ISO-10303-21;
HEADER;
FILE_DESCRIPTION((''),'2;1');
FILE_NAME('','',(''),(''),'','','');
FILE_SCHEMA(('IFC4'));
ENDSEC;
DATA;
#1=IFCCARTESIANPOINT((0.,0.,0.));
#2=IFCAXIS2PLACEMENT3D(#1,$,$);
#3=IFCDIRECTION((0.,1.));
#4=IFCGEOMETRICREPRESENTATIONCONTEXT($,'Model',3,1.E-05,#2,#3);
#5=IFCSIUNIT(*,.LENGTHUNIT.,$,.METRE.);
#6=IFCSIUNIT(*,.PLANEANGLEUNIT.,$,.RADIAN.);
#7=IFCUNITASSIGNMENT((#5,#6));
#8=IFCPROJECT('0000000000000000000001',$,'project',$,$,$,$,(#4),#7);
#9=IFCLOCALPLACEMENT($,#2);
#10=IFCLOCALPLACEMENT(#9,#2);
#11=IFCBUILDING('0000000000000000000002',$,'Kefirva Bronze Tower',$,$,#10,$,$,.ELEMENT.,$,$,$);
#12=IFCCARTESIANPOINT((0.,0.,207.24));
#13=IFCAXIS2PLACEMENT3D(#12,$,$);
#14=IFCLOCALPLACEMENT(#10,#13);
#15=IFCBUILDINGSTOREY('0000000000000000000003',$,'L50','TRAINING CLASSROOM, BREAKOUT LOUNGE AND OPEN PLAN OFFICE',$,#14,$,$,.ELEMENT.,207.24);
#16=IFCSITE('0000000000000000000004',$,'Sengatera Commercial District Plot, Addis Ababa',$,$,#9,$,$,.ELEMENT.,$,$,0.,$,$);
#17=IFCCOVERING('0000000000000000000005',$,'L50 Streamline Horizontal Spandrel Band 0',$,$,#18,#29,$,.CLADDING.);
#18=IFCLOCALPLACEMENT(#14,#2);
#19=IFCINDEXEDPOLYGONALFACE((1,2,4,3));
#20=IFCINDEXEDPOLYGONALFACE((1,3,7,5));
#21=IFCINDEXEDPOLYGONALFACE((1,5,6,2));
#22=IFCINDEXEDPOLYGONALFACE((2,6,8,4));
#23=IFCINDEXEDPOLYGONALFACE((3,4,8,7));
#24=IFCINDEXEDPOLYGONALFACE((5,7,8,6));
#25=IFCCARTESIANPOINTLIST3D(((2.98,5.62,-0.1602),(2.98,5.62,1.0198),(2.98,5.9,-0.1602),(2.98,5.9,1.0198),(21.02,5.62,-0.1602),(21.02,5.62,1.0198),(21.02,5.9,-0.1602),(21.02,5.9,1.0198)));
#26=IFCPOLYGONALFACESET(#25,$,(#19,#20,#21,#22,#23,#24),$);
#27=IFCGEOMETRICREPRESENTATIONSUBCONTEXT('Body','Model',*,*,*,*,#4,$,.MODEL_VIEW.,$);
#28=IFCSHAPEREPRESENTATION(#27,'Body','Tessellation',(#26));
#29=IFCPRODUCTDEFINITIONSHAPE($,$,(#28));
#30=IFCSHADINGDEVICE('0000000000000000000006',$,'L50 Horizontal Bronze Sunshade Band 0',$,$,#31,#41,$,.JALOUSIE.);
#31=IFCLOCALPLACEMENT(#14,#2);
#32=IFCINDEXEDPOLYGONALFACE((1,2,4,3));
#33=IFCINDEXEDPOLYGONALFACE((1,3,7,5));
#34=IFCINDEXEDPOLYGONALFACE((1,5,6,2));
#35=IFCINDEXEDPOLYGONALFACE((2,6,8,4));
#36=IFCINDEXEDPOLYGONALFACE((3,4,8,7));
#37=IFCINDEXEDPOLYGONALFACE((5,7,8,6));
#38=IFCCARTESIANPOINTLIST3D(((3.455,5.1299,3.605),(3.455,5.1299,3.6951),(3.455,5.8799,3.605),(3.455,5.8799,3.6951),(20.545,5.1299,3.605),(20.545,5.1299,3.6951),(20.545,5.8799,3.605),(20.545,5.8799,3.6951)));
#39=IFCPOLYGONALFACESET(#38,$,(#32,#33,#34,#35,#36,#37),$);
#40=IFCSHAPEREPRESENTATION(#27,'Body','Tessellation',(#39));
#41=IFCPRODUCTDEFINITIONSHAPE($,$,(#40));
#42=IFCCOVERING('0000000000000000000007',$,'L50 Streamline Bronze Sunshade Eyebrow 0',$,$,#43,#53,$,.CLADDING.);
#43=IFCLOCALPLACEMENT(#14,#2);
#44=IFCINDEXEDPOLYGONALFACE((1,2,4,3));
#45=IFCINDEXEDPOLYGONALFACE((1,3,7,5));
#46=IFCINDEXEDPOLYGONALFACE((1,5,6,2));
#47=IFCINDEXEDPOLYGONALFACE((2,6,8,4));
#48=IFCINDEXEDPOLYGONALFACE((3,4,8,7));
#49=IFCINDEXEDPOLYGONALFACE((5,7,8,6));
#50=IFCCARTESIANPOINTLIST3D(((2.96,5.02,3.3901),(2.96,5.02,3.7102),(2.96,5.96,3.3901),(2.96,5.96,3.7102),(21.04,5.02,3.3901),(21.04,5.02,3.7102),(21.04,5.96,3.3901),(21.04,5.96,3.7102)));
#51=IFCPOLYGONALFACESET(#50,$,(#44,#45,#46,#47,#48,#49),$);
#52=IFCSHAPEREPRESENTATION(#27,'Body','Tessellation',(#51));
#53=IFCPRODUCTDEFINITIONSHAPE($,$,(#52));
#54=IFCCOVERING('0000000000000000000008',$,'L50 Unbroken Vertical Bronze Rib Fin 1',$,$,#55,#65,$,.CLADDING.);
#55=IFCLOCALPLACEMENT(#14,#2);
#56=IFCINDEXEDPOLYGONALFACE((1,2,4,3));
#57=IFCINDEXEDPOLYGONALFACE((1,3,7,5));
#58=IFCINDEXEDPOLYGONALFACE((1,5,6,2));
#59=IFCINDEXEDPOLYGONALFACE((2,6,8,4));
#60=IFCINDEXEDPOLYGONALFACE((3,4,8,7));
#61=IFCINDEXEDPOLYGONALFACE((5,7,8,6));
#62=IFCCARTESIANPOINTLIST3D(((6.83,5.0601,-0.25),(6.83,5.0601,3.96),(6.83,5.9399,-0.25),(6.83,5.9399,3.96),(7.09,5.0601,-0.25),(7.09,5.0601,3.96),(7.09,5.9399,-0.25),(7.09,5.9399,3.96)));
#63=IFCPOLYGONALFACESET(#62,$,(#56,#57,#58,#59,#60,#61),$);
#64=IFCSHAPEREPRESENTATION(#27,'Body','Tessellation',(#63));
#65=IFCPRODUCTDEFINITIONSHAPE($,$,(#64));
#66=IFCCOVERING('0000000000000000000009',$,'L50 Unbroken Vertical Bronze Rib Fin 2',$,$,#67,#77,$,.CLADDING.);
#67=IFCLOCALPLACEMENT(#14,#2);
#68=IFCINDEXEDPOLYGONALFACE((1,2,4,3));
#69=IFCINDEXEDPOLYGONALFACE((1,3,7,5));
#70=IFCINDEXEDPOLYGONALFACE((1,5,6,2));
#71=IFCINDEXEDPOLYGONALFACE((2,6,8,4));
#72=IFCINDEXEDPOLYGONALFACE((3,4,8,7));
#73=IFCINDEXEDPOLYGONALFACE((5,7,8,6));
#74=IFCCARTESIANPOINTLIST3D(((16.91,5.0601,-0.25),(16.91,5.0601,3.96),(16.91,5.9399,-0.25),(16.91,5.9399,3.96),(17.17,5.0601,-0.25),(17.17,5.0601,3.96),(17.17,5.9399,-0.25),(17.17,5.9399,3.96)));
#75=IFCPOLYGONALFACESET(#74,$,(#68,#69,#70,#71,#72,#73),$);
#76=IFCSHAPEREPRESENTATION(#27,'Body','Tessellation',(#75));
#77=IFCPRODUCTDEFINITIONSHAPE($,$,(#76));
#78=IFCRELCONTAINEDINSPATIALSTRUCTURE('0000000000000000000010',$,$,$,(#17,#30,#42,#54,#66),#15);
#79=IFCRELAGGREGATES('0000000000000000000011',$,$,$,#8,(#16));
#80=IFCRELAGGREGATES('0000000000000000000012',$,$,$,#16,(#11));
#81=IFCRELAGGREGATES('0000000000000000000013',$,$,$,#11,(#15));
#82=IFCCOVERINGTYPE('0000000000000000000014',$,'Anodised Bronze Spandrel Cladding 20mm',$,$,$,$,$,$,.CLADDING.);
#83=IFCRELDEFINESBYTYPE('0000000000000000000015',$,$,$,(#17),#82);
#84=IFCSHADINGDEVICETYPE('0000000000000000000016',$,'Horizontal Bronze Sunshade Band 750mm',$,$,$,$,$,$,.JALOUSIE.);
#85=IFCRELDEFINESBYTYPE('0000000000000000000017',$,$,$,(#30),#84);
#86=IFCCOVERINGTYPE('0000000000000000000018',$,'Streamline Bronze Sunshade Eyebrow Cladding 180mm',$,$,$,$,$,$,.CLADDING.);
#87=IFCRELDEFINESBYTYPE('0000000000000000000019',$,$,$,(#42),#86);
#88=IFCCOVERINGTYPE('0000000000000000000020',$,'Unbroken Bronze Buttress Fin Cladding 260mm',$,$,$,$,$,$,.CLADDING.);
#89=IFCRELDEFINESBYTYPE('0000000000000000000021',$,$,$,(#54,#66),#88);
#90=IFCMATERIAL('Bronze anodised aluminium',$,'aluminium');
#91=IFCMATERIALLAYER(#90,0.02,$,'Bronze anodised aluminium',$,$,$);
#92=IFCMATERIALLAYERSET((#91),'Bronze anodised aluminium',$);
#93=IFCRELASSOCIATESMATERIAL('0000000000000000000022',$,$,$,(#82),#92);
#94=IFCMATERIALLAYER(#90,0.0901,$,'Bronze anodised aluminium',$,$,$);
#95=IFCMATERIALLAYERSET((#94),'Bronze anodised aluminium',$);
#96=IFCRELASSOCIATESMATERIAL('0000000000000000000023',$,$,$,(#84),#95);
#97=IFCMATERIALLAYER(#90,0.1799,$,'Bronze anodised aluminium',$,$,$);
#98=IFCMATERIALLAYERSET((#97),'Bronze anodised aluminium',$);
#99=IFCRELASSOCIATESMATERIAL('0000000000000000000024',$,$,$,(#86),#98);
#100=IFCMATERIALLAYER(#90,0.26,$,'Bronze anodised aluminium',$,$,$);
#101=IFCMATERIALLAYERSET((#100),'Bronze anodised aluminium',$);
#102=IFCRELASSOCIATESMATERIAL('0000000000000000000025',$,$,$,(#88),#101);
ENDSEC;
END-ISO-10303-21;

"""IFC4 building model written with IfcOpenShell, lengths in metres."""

from ifc_helpers import new_model, si_unit, direction, frame, origin, origin_2d, place, context, subcontext, project, spatial, rectangle, extrude, material, layer, layer_set, type_object, element, save


model = new_model("IFC4")

# Units and contexts
model_context = context("Model", 3, precision=1e-05, world=origin(), true_north=direction((0.0, 1.0)))
body_context = subcontext(model_context, "Body", "Model", "MODEL_VIEW")
ifc_project = project(units=[si_unit("LENGTHUNIT", "METRE"), si_unit("PLANEANGLEUNIT", "RADIAN")], contexts=[model_context])

# Site, building, storey
site_placement = place(None, origin())
site = spatial("IfcSite", under=ifc_project, at=site_placement, Name="Sengatera Commercial District Plot, Addis Ababa", CompositionType="ELEMENT", RefElevation=0.0)
building_placement = place(site_placement, origin())
building = spatial("IfcBuilding", under=site, at=building_placement, Name="Kefirva Bronze Tower", CompositionType="ELEMENT")
storey_placement = place(building_placement, frame((0.0, 0.0, 207.24)))
storey = spatial("IfcBuildingStorey", under=building, at=storey_placement, Name="L50", Description="TRAINING CLASSROOM, BREAKOUT LOUNGE AND OPEN PLAN OFFICE", CompositionType="ELEMENT", Elevation=207.24)

# Shared definitions
ifc_material_1 = material(Name="Bronze anodised aluminium", Category="aluminium")

# Covering
ifc_layer_1 = layer(ifc_material_1, 0.02, Name="Bronze anodised aluminium")
ifc_layer_set_1 = layer_set([ifc_layer_1], Name="Bronze anodised aluminium")
covering_type_1 = type_object("IfcCoveringType", Name="Anodised Bronze Spandrel Cladding 20mm", PredefinedType="CLADDING", material=ifc_layer_set_1)
covering_1_placement = place(storey_placement, frame((12.0, 5.76, -0.1602), z_axis=(0.0, 0.0, 1.0), x_axis=(1.0, 0.0, 0.0)))
element("IfcCovering", 1, at=covering_1_placement, inside=storey, type_object=covering_type_1, Name="L50 Streamline Horizontal Spandrel Band 0", PredefinedType="CLADDING", context=body_context, shape_type="SweptSolid", body=[
    extrude(rectangle(XDim=18.04, YDim=0.28, at=origin_2d()), origin(), (0.0, 0.0, 1.0), 1.1799),
])

# Shading device
ifc_layer_2 = layer(ifc_material_1, 0.0901, Name="Bronze anodised aluminium")
ifc_layer_set_2 = layer_set([ifc_layer_2], Name="Bronze anodised aluminium")
shading_device_type = type_object("IfcShadingDeviceType", Name="Horizontal Bronze Sunshade Band 750mm", PredefinedType="JALOUSIE", material=ifc_layer_set_2)
shading_device_placement = place(storey_placement, frame((12.0, 5.5049, 3.605), z_axis=(0.0, 0.0, 1.0), x_axis=(1.0, 0.0, 0.0)))
element("IfcShadingDevice", 2, at=shading_device_placement, inside=storey, type_object=shading_device_type, Name="L50 Horizontal Bronze Sunshade Band 0", PredefinedType="JALOUSIE", context=body_context, shape_type="SweptSolid", body=[
    extrude(rectangle(XDim=17.0901, YDim=0.75, at=origin_2d()), origin(), (0.0, 0.0, 1.0), 0.0901),
])

# Coverings
ifc_layer_3 = layer(ifc_material_1, 0.1799, Name="Bronze anodised aluminium")
ifc_layer_set_3 = layer_set([ifc_layer_3], Name="Bronze anodised aluminium")
covering_type_2 = type_object("IfcCoveringType", Name="Streamline Bronze Sunshade Eyebrow Cladding 180mm", PredefinedType="CLADDING", material=ifc_layer_set_3)
covering_2_placement = place(storey_placement, frame((12.0, 5.49, 3.3901), z_axis=(0.0, 0.0, 1.0), x_axis=(1.0, 0.0, 0.0)))
element("IfcCovering", 3, at=covering_2_placement, inside=storey, type_object=covering_type_2, Name="L50 Streamline Bronze Sunshade Eyebrow 0", PredefinedType="CLADDING", context=body_context, shape_type="SweptSolid", body=[
    extrude(rectangle(XDim=18.0801, YDim=0.9399, at=origin_2d()), origin(), (0.0, 0.0, 1.0), 0.3201),
])
ifc_layer_4 = layer(ifc_material_1, 0.26, Name="Bronze anodised aluminium")
ifc_layer_set_4 = layer_set([ifc_layer_4], Name="Bronze anodised aluminium")
covering_type_3 = type_object("IfcCoveringType", Name="Unbroken Bronze Buttress Fin Cladding 260mm", PredefinedType="CLADDING", material=ifc_layer_set_4)
for number, where, z_axis, x_axis, name in (
    (4, (6.96, 5.5, -0.25), (0.0, 0.0, 1.0), (1.0, 0.0, 0.0), "L50 Unbroken Vertical Bronze Rib Fin 1"),
    (5, (17.04, 5.5, -0.25), (0.0, 0.0, 1.0), (1.0, 0.0, 0.0), "L50 Unbroken Vertical Bronze Rib Fin 2"),
):
    element("IfcCovering", number, at=place(storey_placement, frame(where, z_axis=z_axis, x_axis=x_axis)), inside=storey, type_object=covering_type_3, Name=name, PredefinedType="CLADDING", context=body_context, shape_type="SweptSolid", body=[
        extrude(rectangle(XDim=0.26, YDim=0.8799, at=origin_2d()), origin(), (0.0, 0.0, 1.0), 4.21),
    ])

save(model, "model.ifc")
